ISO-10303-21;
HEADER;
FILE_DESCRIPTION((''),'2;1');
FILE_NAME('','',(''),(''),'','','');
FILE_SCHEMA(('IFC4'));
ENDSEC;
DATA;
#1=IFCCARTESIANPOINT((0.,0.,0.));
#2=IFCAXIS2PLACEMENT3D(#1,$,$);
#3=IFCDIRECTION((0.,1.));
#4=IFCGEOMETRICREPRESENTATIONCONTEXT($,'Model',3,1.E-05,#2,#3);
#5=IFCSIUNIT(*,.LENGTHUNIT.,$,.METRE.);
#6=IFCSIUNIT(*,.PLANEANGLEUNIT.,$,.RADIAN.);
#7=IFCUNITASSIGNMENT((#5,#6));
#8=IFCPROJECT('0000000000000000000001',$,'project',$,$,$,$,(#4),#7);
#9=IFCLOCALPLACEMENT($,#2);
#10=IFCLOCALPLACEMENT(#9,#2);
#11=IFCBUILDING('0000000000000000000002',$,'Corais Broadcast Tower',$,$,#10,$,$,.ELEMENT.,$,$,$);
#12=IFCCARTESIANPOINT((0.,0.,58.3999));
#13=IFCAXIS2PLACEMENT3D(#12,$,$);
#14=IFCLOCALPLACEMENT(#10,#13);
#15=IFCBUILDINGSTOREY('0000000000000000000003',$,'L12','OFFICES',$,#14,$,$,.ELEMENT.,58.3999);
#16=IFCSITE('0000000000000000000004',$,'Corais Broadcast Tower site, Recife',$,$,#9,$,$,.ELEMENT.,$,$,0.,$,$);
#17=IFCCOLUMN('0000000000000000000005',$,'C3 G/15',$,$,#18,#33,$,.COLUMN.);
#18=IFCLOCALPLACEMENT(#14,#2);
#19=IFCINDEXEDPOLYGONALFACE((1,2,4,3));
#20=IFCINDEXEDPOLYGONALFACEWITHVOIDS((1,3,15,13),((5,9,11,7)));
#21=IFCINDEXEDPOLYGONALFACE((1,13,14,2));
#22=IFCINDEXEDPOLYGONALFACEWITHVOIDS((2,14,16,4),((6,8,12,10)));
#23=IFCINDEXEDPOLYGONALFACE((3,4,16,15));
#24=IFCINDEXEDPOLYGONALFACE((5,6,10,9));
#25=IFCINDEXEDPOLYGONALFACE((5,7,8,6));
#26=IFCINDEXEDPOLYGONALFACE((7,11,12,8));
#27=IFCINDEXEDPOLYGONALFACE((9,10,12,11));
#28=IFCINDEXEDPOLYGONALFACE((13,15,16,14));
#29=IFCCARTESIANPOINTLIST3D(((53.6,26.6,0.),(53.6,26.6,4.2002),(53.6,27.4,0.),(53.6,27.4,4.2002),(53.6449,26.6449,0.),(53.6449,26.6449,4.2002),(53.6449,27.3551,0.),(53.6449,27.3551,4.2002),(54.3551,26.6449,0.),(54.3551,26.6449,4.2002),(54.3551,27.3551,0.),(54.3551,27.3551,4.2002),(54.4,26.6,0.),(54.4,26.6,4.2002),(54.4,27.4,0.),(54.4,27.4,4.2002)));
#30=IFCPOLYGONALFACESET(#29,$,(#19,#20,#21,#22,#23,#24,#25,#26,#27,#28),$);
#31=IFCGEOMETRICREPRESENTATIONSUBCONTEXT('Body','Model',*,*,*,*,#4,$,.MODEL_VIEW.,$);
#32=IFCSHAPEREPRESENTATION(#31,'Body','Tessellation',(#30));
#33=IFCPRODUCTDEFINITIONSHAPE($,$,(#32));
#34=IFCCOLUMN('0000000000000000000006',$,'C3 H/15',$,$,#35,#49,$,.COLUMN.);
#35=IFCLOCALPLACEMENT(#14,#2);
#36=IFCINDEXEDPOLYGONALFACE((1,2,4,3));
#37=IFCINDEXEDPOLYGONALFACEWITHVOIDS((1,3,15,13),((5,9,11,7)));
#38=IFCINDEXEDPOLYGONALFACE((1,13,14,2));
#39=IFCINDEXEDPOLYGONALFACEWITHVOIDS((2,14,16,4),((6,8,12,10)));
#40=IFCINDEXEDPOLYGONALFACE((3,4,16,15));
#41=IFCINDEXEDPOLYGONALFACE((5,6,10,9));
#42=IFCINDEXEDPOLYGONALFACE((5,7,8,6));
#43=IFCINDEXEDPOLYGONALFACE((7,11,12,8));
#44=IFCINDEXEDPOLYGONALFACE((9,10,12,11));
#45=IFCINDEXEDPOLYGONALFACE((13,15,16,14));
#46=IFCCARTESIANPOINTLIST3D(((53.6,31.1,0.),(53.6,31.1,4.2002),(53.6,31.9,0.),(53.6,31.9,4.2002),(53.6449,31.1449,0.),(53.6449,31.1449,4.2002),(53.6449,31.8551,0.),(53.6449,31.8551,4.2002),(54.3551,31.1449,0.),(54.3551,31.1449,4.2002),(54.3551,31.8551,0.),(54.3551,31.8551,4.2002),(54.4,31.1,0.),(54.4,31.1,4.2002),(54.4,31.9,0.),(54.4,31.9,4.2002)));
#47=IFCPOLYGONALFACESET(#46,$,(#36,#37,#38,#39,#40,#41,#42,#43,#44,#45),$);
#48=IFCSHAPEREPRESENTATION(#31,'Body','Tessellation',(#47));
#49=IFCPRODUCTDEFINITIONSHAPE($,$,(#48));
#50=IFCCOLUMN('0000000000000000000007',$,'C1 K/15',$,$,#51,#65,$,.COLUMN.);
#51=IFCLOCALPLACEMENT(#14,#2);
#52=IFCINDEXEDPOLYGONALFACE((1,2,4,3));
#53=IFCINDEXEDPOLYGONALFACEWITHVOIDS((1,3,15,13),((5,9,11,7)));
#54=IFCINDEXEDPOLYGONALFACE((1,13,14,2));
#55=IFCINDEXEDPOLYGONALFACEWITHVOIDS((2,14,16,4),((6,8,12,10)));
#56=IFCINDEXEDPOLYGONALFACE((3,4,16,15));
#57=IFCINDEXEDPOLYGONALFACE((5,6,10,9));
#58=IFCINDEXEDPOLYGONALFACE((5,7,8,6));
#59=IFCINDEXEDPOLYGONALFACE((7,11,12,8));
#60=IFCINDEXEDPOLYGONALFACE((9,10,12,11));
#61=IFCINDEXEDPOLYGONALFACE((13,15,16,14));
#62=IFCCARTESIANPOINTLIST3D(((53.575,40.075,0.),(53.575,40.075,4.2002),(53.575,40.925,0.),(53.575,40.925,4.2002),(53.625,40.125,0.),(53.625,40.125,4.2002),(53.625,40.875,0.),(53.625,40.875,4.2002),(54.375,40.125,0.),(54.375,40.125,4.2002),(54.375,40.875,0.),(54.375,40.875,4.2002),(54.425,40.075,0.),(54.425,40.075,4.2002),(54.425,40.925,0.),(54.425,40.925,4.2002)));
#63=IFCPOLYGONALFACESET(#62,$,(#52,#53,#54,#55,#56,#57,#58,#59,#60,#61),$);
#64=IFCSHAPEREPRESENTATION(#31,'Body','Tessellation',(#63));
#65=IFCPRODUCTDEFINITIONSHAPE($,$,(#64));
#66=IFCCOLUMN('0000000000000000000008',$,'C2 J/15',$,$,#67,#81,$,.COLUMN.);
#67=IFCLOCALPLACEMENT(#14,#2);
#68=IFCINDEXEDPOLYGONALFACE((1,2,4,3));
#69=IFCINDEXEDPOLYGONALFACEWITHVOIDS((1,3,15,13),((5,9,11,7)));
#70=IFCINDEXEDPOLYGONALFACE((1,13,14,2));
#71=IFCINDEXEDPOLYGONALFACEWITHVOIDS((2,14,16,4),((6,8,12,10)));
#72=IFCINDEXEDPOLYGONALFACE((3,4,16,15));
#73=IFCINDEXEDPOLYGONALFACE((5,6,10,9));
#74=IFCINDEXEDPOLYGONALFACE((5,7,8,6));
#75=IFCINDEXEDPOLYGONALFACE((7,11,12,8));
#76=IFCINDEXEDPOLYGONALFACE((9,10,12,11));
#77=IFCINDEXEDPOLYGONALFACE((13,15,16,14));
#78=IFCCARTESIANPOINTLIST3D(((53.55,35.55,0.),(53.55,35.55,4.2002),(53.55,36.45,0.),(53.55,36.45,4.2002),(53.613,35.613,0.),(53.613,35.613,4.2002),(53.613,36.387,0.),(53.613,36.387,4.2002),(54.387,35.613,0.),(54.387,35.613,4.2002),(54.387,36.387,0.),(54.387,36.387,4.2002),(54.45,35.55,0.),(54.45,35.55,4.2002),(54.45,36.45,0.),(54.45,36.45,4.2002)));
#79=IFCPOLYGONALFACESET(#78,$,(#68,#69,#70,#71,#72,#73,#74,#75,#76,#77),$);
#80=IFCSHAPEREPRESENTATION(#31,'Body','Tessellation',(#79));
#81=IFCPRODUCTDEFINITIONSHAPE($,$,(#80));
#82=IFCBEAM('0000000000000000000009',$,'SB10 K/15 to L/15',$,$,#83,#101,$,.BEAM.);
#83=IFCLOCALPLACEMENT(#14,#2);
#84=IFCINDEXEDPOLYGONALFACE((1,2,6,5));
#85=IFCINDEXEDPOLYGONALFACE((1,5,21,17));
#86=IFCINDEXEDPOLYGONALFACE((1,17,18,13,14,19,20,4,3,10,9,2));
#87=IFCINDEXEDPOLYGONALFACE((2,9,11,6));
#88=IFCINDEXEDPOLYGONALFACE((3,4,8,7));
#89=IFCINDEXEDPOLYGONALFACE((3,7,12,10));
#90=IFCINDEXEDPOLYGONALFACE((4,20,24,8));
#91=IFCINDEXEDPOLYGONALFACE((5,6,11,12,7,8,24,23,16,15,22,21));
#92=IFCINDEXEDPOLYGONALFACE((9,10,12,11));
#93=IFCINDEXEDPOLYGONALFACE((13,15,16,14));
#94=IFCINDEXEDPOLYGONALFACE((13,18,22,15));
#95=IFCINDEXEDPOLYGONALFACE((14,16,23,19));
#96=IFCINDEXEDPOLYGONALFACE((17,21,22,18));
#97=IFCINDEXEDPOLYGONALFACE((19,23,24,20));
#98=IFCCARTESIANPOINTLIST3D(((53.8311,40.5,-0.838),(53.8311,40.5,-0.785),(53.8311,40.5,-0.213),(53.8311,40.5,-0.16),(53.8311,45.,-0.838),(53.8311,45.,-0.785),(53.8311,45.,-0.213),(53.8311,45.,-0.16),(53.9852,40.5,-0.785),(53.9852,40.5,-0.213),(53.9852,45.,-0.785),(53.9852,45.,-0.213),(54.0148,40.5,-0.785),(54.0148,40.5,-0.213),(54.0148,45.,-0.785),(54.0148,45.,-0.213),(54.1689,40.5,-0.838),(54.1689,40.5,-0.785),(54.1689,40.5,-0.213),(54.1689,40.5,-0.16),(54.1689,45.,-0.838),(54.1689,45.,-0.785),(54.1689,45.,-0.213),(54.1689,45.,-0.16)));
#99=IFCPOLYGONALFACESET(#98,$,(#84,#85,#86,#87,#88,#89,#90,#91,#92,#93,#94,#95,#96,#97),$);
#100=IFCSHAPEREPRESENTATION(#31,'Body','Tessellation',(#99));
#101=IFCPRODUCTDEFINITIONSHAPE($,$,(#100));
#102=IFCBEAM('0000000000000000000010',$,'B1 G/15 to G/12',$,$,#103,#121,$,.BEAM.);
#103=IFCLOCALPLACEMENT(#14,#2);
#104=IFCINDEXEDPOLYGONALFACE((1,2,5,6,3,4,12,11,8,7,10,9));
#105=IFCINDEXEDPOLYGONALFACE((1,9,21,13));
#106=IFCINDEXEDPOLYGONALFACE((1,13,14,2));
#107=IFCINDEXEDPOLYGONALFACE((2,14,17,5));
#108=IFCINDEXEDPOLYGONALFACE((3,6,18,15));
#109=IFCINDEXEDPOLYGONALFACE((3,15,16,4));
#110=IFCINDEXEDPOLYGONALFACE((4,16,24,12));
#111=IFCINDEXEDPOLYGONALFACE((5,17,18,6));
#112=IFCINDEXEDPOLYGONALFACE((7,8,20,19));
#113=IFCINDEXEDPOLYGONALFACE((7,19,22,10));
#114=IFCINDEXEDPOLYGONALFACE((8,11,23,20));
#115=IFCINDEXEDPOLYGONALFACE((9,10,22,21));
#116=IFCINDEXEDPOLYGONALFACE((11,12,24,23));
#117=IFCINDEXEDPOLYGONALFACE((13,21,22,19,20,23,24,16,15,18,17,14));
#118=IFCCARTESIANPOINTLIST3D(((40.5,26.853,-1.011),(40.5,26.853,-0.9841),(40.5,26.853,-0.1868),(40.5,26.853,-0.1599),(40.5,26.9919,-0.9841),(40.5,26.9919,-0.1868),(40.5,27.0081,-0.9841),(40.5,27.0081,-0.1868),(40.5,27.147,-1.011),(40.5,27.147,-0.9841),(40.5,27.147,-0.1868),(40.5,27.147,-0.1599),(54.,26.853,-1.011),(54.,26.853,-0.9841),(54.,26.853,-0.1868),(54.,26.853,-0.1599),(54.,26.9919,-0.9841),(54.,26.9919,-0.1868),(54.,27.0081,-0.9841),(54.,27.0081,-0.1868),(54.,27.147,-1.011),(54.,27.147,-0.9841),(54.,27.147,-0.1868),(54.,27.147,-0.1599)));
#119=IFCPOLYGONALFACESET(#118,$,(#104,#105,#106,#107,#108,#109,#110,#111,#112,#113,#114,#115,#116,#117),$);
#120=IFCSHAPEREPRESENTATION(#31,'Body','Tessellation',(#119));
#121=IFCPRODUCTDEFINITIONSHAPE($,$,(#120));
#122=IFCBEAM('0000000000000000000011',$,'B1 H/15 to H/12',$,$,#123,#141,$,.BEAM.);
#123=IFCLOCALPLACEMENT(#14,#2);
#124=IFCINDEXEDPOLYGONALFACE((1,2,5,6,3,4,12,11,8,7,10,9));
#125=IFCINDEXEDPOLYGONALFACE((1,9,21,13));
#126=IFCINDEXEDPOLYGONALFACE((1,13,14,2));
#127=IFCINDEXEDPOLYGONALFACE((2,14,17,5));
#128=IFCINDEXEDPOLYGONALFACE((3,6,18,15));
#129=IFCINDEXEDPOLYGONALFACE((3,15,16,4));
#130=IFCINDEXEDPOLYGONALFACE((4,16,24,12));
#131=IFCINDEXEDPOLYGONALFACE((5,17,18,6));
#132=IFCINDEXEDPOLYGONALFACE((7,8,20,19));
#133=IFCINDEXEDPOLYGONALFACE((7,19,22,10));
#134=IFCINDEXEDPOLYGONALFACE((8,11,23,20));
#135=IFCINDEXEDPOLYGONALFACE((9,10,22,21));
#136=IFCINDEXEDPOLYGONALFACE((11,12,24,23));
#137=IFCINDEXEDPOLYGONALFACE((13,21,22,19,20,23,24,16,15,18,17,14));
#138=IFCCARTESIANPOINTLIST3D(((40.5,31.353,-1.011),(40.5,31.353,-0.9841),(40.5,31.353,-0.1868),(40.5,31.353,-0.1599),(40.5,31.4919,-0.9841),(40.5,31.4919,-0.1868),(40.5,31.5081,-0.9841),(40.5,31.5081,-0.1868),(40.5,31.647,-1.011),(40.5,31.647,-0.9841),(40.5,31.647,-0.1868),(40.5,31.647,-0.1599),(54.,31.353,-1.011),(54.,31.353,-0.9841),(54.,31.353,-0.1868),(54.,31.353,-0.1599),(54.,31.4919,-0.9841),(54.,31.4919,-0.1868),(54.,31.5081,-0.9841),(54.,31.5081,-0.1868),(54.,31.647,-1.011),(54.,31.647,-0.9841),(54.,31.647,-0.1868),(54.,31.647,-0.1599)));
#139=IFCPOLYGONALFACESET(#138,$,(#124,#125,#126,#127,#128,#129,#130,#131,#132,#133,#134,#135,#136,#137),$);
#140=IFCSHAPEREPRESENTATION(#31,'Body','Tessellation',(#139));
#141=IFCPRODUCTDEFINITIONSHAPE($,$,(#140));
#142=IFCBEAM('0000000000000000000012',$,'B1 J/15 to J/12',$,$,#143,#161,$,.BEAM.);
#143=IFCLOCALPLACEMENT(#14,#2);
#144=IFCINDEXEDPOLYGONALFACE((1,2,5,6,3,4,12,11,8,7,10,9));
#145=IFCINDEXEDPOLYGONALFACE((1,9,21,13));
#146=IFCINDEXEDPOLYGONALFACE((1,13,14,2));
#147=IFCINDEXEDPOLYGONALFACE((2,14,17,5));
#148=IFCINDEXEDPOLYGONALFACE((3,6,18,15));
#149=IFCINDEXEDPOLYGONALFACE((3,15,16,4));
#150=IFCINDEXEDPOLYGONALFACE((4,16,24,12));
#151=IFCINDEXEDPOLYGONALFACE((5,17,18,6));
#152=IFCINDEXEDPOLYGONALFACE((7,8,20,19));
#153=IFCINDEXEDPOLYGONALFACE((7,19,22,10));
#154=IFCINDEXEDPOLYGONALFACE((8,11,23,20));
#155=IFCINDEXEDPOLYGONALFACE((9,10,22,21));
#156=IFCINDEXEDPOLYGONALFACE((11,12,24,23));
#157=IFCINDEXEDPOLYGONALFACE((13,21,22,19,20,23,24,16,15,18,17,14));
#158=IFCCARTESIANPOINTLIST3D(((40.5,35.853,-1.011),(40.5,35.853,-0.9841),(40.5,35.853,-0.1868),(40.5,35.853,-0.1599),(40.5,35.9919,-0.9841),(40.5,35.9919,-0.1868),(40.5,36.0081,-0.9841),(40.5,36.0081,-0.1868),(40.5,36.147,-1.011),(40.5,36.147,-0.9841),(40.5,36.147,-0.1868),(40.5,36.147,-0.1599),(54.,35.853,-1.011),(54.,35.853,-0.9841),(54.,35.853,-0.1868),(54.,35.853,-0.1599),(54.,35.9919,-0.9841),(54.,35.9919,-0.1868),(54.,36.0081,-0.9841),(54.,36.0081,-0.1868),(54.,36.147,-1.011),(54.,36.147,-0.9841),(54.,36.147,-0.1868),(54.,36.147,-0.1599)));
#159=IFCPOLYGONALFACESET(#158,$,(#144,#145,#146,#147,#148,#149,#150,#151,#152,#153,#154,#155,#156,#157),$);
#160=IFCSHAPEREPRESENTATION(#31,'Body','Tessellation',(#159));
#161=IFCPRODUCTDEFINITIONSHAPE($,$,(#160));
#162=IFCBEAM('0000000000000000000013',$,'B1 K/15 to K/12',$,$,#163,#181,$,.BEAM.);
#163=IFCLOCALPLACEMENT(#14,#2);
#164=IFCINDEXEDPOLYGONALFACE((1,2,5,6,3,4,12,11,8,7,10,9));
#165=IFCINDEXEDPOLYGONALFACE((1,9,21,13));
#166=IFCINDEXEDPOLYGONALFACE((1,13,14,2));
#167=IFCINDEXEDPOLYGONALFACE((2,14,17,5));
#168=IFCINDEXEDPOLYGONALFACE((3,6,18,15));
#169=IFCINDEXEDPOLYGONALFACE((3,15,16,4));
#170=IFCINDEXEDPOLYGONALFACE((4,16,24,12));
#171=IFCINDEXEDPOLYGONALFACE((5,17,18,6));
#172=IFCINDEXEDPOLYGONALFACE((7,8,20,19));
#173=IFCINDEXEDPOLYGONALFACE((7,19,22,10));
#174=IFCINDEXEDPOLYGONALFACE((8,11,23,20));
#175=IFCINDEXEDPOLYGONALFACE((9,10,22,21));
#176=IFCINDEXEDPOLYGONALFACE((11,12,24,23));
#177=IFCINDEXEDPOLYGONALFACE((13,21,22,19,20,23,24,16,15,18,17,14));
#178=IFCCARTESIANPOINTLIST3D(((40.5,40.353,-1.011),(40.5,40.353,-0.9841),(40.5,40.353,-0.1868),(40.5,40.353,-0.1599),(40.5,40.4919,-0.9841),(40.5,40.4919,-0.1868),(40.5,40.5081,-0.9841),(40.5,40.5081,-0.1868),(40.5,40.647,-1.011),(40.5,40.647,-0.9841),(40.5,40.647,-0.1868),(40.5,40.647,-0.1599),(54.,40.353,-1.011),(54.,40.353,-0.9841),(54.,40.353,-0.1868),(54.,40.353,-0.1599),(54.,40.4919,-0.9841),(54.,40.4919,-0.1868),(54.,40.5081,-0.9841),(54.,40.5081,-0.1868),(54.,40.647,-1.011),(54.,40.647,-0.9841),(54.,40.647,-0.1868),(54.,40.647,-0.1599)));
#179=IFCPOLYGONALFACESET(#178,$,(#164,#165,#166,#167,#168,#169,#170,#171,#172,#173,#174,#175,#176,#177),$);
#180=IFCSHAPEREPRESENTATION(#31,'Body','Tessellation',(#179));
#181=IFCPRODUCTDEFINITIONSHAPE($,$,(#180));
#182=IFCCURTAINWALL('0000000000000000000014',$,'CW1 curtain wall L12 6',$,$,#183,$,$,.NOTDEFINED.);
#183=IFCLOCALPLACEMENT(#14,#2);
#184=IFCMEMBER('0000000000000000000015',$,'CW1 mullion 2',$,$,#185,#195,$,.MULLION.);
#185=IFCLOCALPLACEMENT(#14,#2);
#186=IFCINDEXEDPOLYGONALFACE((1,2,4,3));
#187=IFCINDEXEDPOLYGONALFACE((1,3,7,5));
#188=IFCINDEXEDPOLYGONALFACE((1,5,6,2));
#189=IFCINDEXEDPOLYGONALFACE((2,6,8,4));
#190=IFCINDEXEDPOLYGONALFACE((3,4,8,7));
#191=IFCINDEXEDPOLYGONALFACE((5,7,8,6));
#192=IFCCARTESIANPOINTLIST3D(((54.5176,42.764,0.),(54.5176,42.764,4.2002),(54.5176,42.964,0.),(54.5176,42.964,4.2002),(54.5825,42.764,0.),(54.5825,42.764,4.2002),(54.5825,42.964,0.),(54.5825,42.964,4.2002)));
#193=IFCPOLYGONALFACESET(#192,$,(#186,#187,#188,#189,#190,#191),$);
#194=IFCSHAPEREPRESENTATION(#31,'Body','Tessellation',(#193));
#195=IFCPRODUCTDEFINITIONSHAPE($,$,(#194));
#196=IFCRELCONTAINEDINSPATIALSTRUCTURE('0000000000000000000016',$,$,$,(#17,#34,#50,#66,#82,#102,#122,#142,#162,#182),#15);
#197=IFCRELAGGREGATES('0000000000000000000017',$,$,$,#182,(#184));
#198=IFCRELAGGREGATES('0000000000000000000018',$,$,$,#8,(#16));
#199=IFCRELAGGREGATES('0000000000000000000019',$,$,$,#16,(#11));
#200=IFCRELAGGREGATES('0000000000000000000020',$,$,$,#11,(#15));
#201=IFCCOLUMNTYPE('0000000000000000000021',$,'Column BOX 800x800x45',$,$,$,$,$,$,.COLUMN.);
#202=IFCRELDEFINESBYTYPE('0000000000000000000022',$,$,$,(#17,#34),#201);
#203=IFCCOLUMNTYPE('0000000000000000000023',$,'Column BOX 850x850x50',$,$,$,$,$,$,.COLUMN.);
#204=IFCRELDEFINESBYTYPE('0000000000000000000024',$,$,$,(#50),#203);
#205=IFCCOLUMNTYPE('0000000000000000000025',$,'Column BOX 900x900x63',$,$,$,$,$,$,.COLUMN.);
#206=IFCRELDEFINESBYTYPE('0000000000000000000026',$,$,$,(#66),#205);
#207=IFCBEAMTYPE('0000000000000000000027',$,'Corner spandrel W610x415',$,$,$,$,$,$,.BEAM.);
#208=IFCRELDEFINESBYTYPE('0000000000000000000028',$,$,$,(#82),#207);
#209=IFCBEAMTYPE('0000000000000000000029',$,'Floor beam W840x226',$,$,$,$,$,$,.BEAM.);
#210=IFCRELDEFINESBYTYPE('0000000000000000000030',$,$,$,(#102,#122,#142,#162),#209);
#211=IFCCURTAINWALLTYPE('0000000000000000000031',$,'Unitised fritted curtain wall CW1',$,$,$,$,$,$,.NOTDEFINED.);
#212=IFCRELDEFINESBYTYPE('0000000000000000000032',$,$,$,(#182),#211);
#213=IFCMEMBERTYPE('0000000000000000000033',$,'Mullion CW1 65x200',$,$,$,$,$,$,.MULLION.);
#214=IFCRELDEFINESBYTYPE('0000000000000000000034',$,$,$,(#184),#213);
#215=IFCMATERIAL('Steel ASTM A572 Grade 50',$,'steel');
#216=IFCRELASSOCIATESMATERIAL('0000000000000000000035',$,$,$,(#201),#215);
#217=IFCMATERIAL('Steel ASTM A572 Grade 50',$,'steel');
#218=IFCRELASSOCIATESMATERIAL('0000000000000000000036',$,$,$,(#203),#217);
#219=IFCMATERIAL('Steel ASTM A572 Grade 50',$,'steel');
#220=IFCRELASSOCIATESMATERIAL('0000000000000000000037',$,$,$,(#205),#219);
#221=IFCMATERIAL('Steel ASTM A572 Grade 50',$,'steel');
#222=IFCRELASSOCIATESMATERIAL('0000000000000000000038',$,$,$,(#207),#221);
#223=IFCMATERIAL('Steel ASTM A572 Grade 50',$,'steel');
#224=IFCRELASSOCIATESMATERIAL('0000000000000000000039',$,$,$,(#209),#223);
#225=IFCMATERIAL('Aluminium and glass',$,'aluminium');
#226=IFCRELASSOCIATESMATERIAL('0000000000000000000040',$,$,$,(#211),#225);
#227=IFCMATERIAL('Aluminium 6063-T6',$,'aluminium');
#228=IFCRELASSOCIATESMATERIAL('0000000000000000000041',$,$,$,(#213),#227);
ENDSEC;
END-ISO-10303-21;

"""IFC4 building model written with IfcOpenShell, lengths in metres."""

from ifc_helpers import new_model, si_unit, direction, frame, origin, origin_2d, place, context, subcontext, project, spatial, rectangle, hollow_rectangle, i_section, extrude, material, material_profile, profile_set, type_object, element, aggregate, save


model = new_model("IFC4")

# Units and contexts
model_context = context("Model", 3, precision=1e-05, world=origin(), true_north=direction((0.0, 1.0)))
body_context = subcontext(model_context, "Body", "Model", "MODEL_VIEW")
ifc_project = project(units=[si_unit("LENGTHUNIT", "METRE"), si_unit("PLANEANGLEUNIT", "RADIAN")], contexts=[model_context])

# Site, building, storey
site_placement = place(None, origin())
site = spatial("IfcSite", under=ifc_project, at=site_placement, Name="Corais Broadcast Tower site, Recife", CompositionType="ELEMENT", RefElevation=0.0)
building_placement = place(site_placement, origin())
building = spatial("IfcBuilding", under=site, at=building_placement, Name="Corais Broadcast Tower", CompositionType="ELEMENT")
storey_placement = place(building_placement, frame((0.0, 0.0, 58.3999)))
storey = spatial("IfcBuildingStorey", under=building, at=storey_placement, Name="L12", Description="OFFICES", CompositionType="ELEMENT", Elevation=58.3999)

# Columns
ifc_material_1 = material(Name="Steel ASTM A572 Grade 50", Category="steel")
ifc_material_profile_1 = material_profile(ifc_material_1, hollow_rectangle(XDim=0.8, YDim=0.8, WallThickness=0.0449, at=origin_2d()), Name="BOX 800x800x45")
ifc_profile_set_1 = profile_set([ifc_material_profile_1], Name="Steel ASTM A572 Grade 50")
column_type_1 = type_object("IfcColumnType", Name="Column BOX 800x800x45", PredefinedType="COLUMN", material=ifc_profile_set_1)
for number, where, z_axis, x_axis, name in (
    (1, (54.0, 27.0, 0.0), (0.0, 0.0, 1.0), (1.0, 0.0, 0.0), "C3 G/15"),
    (2, (54.0, 31.5, 0.0), (0.0, 0.0, 1.0), (1.0, 0.0, 0.0), "C3 H/15"),
):
    element("IfcColumn", number, at=place(storey_placement, frame(where, z_axis=z_axis, x_axis=x_axis)), inside=storey, type_object=column_type_1, Name=name, PredefinedType="COLUMN", context=body_context, shape_type="SweptSolid", body=[
        extrude(hollow_rectangle(XDim=0.8, YDim=0.8, WallThickness=0.0449, at=origin_2d()), origin(), (0.0, 0.0, 1.0), 4.2002),
    ])
ifc_material_2 = material(Name="Steel ASTM A572 Grade 50", Category="steel")
ifc_material_profile_2 = material_profile(ifc_material_2, hollow_rectangle(XDim=0.8501, YDim=0.8501, WallThickness=0.05, at=origin_2d()), Name="BOX 850x850x50")
ifc_profile_set_2 = profile_set([ifc_material_profile_2], Name="Steel ASTM A572 Grade 50")
column_type_2 = type_object("IfcColumnType", Name="Column BOX 850x850x50", PredefinedType="COLUMN", material=ifc_profile_set_2)
column_1_placement = place(storey_placement, frame((54.0, 40.5, 0.0), z_axis=(0.0, 0.0, 1.0), x_axis=(1.0, 0.0, 0.0)))
element("IfcColumn", 3, at=column_1_placement, inside=storey, type_object=column_type_2, Name="C1 K/15", PredefinedType="COLUMN", context=body_context, shape_type="SweptSolid", body=[
    extrude(hollow_rectangle(XDim=0.8501, YDim=0.8501, WallThickness=0.05, at=origin_2d()), origin(), (0.0, 0.0, 1.0), 4.2002),
])
ifc_material_3 = material(Name="Steel ASTM A572 Grade 50", Category="steel")
ifc_material_profile_3 = material_profile(ifc_material_3, hollow_rectangle(XDim=0.8999, YDim=0.8999, WallThickness=0.063, at=origin_2d()), Name="BOX 900x900x63")
ifc_profile_set_3 = profile_set([ifc_material_profile_3], Name="Steel ASTM A572 Grade 50")
column_type_3 = type_object("IfcColumnType", Name="Column BOX 900x900x63", PredefinedType="COLUMN", material=ifc_profile_set_3)
column_2_placement = place(storey_placement, frame((54.0, 36.0, 0.0), z_axis=(0.0, 0.0, 1.0), x_axis=(1.0, 0.0, 0.0)))
element("IfcColumn", 4, at=column_2_placement, inside=storey, type_object=column_type_3, Name="C2 J/15", PredefinedType="COLUMN", context=body_context, shape_type="SweptSolid", body=[
    extrude(hollow_rectangle(XDim=0.8999, YDim=0.8999, WallThickness=0.063, at=origin_2d()), origin(), (0.0, 0.0, 1.0), 4.2002),
])

# Beams
ifc_material_4 = material(Name="Steel ASTM A572 Grade 50", Category="steel")
ifc_material_profile_4 = material_profile(ifc_material_4, i_section(OverallWidth=0.3379, OverallDepth=0.678, WebThickness=0.0295, FlangeThickness=0.053, at=origin_2d()), Name="W610x415")
ifc_profile_set_4 = profile_set([ifc_material_profile_4], Name="Steel ASTM A572 Grade 50")
beam_type_1 = type_object("IfcBeamType", Name="Corner spandrel W610x415", PredefinedType="BEAM", material=ifc_profile_set_4)
beam_1_placement = place(storey_placement, frame((54.0, 40.5, -0.499), z_axis=(0.0, 1.0, 0.0), x_axis=(-1.0, 0.0, 0.0)))
element("IfcBeam", 5, at=beam_1_placement, inside=storey, type_object=beam_type_1, Name="SB10 K/15 to L/15", PredefinedType="BEAM", context=body_context, shape_type="SweptSolid", body=[
    extrude(i_section(OverallWidth=0.3379, OverallDepth=0.678, WebThickness=0.0295, FlangeThickness=0.053, at=origin_2d()), origin(), (0.0, 0.0, 1.0), 4.5),
])
ifc_material_5 = material(Name="Steel ASTM A572 Grade 50", Category="steel")
ifc_material_profile_5 = material_profile(ifc_material_5, i_section(OverallWidth=0.2939, OverallDepth=0.8511, WebThickness=0.0161, FlangeThickness=0.0269, at=origin_2d()), Name="W840x226")
ifc_profile_set_5 = profile_set([ifc_material_profile_5], Name="Steel ASTM A572 Grade 50")
beam_type_2 = type_object("IfcBeamType", Name="Floor beam W840x226", PredefinedType="BEAM", material=ifc_profile_set_5)
for number, where, z_axis, x_axis, name in (
    (6, (54.0, 27.0, -0.5854), (-1.0, 0.0, 0.0), (0.0, -1.0, 0.0), "B1 G/15 to G/12"),
    (7, (54.0, 31.5, -0.5854), (-1.0, 0.0, 0.0), (0.0, -1.0, 0.0), "B1 H/15 to H/12"),
    (8, (54.0, 36.0, -0.5854), (-1.0, 0.0, 0.0), (0.0, -1.0, 0.0), "B1 J/15 to J/12"),
    (9, (54.0, 40.5, -0.5854), (-1.0, 0.0, 0.0), (0.0, -1.0, 0.0), "B1 K/15 to K/12"),
):
    element("IfcBeam", number, at=place(storey_placement, frame(where, z_axis=z_axis, x_axis=x_axis)), inside=storey, type_object=beam_type_2, Name=name, PredefinedType="BEAM", context=body_context, shape_type="SweptSolid", body=[
        extrude(i_section(OverallWidth=0.2939, OverallDepth=0.8511, WebThickness=0.0161, FlangeThickness=0.0269, at=origin_2d()), origin(), (0.0, 0.0, 1.0), 13.5),
    ])

# Curtain wall, member
ifc_material_6 = material(Name="Aluminium and glass", Category="aluminium")
curtain_wall_type = type_object("IfcCurtainWallType", Name="Unitised fritted curtain wall CW1", PredefinedType="NOTDEFINED", material=ifc_material_6)
curtain_wall_placement = place(storey_placement, origin())
curtain_wall = element("IfcCurtainWall", 10, at=curtain_wall_placement, inside=storey, type_object=curtain_wall_type, Name="CW1 curtain wall L12 6", PredefinedType="NOTDEFINED")
ifc_material_7 = material(Name="Aluminium 6063-T6", Category="aluminium")
ifc_material_profile_6 = material_profile(ifc_material_7, rectangle(XDim=0.0649, YDim=0.2, at=origin_2d()), Name="Mullion CW1 65x200")
ifc_profile_set_6 = profile_set([ifc_material_profile_6], Name="Aluminium 6063-T6")
member_type_1 = type_object("IfcMemberType", Name="Mullion CW1 65x200", PredefinedType="MULLION", material=ifc_profile_set_6)
member_1_placement = place(storey_placement, frame((54.55, 42.864, 0.0), z_axis=(0.0, 0.0, 1.0), x_axis=(1.0, 0.0, 0.0)))
member_1 = element("IfcMember", 11, at=member_1_placement, type_object=member_type_1, Name="CW1 mullion 2", PredefinedType="MULLION", context=body_context, shape_type="SweptSolid", body=[
    extrude(rectangle(XDim=0.0649, YDim=0.2, at=origin_2d()), origin(), (0.0, 0.0, 1.0), 4.2002),
])

aggregate(curtain_wall, [member_1])

save(model, "model.ifc")
